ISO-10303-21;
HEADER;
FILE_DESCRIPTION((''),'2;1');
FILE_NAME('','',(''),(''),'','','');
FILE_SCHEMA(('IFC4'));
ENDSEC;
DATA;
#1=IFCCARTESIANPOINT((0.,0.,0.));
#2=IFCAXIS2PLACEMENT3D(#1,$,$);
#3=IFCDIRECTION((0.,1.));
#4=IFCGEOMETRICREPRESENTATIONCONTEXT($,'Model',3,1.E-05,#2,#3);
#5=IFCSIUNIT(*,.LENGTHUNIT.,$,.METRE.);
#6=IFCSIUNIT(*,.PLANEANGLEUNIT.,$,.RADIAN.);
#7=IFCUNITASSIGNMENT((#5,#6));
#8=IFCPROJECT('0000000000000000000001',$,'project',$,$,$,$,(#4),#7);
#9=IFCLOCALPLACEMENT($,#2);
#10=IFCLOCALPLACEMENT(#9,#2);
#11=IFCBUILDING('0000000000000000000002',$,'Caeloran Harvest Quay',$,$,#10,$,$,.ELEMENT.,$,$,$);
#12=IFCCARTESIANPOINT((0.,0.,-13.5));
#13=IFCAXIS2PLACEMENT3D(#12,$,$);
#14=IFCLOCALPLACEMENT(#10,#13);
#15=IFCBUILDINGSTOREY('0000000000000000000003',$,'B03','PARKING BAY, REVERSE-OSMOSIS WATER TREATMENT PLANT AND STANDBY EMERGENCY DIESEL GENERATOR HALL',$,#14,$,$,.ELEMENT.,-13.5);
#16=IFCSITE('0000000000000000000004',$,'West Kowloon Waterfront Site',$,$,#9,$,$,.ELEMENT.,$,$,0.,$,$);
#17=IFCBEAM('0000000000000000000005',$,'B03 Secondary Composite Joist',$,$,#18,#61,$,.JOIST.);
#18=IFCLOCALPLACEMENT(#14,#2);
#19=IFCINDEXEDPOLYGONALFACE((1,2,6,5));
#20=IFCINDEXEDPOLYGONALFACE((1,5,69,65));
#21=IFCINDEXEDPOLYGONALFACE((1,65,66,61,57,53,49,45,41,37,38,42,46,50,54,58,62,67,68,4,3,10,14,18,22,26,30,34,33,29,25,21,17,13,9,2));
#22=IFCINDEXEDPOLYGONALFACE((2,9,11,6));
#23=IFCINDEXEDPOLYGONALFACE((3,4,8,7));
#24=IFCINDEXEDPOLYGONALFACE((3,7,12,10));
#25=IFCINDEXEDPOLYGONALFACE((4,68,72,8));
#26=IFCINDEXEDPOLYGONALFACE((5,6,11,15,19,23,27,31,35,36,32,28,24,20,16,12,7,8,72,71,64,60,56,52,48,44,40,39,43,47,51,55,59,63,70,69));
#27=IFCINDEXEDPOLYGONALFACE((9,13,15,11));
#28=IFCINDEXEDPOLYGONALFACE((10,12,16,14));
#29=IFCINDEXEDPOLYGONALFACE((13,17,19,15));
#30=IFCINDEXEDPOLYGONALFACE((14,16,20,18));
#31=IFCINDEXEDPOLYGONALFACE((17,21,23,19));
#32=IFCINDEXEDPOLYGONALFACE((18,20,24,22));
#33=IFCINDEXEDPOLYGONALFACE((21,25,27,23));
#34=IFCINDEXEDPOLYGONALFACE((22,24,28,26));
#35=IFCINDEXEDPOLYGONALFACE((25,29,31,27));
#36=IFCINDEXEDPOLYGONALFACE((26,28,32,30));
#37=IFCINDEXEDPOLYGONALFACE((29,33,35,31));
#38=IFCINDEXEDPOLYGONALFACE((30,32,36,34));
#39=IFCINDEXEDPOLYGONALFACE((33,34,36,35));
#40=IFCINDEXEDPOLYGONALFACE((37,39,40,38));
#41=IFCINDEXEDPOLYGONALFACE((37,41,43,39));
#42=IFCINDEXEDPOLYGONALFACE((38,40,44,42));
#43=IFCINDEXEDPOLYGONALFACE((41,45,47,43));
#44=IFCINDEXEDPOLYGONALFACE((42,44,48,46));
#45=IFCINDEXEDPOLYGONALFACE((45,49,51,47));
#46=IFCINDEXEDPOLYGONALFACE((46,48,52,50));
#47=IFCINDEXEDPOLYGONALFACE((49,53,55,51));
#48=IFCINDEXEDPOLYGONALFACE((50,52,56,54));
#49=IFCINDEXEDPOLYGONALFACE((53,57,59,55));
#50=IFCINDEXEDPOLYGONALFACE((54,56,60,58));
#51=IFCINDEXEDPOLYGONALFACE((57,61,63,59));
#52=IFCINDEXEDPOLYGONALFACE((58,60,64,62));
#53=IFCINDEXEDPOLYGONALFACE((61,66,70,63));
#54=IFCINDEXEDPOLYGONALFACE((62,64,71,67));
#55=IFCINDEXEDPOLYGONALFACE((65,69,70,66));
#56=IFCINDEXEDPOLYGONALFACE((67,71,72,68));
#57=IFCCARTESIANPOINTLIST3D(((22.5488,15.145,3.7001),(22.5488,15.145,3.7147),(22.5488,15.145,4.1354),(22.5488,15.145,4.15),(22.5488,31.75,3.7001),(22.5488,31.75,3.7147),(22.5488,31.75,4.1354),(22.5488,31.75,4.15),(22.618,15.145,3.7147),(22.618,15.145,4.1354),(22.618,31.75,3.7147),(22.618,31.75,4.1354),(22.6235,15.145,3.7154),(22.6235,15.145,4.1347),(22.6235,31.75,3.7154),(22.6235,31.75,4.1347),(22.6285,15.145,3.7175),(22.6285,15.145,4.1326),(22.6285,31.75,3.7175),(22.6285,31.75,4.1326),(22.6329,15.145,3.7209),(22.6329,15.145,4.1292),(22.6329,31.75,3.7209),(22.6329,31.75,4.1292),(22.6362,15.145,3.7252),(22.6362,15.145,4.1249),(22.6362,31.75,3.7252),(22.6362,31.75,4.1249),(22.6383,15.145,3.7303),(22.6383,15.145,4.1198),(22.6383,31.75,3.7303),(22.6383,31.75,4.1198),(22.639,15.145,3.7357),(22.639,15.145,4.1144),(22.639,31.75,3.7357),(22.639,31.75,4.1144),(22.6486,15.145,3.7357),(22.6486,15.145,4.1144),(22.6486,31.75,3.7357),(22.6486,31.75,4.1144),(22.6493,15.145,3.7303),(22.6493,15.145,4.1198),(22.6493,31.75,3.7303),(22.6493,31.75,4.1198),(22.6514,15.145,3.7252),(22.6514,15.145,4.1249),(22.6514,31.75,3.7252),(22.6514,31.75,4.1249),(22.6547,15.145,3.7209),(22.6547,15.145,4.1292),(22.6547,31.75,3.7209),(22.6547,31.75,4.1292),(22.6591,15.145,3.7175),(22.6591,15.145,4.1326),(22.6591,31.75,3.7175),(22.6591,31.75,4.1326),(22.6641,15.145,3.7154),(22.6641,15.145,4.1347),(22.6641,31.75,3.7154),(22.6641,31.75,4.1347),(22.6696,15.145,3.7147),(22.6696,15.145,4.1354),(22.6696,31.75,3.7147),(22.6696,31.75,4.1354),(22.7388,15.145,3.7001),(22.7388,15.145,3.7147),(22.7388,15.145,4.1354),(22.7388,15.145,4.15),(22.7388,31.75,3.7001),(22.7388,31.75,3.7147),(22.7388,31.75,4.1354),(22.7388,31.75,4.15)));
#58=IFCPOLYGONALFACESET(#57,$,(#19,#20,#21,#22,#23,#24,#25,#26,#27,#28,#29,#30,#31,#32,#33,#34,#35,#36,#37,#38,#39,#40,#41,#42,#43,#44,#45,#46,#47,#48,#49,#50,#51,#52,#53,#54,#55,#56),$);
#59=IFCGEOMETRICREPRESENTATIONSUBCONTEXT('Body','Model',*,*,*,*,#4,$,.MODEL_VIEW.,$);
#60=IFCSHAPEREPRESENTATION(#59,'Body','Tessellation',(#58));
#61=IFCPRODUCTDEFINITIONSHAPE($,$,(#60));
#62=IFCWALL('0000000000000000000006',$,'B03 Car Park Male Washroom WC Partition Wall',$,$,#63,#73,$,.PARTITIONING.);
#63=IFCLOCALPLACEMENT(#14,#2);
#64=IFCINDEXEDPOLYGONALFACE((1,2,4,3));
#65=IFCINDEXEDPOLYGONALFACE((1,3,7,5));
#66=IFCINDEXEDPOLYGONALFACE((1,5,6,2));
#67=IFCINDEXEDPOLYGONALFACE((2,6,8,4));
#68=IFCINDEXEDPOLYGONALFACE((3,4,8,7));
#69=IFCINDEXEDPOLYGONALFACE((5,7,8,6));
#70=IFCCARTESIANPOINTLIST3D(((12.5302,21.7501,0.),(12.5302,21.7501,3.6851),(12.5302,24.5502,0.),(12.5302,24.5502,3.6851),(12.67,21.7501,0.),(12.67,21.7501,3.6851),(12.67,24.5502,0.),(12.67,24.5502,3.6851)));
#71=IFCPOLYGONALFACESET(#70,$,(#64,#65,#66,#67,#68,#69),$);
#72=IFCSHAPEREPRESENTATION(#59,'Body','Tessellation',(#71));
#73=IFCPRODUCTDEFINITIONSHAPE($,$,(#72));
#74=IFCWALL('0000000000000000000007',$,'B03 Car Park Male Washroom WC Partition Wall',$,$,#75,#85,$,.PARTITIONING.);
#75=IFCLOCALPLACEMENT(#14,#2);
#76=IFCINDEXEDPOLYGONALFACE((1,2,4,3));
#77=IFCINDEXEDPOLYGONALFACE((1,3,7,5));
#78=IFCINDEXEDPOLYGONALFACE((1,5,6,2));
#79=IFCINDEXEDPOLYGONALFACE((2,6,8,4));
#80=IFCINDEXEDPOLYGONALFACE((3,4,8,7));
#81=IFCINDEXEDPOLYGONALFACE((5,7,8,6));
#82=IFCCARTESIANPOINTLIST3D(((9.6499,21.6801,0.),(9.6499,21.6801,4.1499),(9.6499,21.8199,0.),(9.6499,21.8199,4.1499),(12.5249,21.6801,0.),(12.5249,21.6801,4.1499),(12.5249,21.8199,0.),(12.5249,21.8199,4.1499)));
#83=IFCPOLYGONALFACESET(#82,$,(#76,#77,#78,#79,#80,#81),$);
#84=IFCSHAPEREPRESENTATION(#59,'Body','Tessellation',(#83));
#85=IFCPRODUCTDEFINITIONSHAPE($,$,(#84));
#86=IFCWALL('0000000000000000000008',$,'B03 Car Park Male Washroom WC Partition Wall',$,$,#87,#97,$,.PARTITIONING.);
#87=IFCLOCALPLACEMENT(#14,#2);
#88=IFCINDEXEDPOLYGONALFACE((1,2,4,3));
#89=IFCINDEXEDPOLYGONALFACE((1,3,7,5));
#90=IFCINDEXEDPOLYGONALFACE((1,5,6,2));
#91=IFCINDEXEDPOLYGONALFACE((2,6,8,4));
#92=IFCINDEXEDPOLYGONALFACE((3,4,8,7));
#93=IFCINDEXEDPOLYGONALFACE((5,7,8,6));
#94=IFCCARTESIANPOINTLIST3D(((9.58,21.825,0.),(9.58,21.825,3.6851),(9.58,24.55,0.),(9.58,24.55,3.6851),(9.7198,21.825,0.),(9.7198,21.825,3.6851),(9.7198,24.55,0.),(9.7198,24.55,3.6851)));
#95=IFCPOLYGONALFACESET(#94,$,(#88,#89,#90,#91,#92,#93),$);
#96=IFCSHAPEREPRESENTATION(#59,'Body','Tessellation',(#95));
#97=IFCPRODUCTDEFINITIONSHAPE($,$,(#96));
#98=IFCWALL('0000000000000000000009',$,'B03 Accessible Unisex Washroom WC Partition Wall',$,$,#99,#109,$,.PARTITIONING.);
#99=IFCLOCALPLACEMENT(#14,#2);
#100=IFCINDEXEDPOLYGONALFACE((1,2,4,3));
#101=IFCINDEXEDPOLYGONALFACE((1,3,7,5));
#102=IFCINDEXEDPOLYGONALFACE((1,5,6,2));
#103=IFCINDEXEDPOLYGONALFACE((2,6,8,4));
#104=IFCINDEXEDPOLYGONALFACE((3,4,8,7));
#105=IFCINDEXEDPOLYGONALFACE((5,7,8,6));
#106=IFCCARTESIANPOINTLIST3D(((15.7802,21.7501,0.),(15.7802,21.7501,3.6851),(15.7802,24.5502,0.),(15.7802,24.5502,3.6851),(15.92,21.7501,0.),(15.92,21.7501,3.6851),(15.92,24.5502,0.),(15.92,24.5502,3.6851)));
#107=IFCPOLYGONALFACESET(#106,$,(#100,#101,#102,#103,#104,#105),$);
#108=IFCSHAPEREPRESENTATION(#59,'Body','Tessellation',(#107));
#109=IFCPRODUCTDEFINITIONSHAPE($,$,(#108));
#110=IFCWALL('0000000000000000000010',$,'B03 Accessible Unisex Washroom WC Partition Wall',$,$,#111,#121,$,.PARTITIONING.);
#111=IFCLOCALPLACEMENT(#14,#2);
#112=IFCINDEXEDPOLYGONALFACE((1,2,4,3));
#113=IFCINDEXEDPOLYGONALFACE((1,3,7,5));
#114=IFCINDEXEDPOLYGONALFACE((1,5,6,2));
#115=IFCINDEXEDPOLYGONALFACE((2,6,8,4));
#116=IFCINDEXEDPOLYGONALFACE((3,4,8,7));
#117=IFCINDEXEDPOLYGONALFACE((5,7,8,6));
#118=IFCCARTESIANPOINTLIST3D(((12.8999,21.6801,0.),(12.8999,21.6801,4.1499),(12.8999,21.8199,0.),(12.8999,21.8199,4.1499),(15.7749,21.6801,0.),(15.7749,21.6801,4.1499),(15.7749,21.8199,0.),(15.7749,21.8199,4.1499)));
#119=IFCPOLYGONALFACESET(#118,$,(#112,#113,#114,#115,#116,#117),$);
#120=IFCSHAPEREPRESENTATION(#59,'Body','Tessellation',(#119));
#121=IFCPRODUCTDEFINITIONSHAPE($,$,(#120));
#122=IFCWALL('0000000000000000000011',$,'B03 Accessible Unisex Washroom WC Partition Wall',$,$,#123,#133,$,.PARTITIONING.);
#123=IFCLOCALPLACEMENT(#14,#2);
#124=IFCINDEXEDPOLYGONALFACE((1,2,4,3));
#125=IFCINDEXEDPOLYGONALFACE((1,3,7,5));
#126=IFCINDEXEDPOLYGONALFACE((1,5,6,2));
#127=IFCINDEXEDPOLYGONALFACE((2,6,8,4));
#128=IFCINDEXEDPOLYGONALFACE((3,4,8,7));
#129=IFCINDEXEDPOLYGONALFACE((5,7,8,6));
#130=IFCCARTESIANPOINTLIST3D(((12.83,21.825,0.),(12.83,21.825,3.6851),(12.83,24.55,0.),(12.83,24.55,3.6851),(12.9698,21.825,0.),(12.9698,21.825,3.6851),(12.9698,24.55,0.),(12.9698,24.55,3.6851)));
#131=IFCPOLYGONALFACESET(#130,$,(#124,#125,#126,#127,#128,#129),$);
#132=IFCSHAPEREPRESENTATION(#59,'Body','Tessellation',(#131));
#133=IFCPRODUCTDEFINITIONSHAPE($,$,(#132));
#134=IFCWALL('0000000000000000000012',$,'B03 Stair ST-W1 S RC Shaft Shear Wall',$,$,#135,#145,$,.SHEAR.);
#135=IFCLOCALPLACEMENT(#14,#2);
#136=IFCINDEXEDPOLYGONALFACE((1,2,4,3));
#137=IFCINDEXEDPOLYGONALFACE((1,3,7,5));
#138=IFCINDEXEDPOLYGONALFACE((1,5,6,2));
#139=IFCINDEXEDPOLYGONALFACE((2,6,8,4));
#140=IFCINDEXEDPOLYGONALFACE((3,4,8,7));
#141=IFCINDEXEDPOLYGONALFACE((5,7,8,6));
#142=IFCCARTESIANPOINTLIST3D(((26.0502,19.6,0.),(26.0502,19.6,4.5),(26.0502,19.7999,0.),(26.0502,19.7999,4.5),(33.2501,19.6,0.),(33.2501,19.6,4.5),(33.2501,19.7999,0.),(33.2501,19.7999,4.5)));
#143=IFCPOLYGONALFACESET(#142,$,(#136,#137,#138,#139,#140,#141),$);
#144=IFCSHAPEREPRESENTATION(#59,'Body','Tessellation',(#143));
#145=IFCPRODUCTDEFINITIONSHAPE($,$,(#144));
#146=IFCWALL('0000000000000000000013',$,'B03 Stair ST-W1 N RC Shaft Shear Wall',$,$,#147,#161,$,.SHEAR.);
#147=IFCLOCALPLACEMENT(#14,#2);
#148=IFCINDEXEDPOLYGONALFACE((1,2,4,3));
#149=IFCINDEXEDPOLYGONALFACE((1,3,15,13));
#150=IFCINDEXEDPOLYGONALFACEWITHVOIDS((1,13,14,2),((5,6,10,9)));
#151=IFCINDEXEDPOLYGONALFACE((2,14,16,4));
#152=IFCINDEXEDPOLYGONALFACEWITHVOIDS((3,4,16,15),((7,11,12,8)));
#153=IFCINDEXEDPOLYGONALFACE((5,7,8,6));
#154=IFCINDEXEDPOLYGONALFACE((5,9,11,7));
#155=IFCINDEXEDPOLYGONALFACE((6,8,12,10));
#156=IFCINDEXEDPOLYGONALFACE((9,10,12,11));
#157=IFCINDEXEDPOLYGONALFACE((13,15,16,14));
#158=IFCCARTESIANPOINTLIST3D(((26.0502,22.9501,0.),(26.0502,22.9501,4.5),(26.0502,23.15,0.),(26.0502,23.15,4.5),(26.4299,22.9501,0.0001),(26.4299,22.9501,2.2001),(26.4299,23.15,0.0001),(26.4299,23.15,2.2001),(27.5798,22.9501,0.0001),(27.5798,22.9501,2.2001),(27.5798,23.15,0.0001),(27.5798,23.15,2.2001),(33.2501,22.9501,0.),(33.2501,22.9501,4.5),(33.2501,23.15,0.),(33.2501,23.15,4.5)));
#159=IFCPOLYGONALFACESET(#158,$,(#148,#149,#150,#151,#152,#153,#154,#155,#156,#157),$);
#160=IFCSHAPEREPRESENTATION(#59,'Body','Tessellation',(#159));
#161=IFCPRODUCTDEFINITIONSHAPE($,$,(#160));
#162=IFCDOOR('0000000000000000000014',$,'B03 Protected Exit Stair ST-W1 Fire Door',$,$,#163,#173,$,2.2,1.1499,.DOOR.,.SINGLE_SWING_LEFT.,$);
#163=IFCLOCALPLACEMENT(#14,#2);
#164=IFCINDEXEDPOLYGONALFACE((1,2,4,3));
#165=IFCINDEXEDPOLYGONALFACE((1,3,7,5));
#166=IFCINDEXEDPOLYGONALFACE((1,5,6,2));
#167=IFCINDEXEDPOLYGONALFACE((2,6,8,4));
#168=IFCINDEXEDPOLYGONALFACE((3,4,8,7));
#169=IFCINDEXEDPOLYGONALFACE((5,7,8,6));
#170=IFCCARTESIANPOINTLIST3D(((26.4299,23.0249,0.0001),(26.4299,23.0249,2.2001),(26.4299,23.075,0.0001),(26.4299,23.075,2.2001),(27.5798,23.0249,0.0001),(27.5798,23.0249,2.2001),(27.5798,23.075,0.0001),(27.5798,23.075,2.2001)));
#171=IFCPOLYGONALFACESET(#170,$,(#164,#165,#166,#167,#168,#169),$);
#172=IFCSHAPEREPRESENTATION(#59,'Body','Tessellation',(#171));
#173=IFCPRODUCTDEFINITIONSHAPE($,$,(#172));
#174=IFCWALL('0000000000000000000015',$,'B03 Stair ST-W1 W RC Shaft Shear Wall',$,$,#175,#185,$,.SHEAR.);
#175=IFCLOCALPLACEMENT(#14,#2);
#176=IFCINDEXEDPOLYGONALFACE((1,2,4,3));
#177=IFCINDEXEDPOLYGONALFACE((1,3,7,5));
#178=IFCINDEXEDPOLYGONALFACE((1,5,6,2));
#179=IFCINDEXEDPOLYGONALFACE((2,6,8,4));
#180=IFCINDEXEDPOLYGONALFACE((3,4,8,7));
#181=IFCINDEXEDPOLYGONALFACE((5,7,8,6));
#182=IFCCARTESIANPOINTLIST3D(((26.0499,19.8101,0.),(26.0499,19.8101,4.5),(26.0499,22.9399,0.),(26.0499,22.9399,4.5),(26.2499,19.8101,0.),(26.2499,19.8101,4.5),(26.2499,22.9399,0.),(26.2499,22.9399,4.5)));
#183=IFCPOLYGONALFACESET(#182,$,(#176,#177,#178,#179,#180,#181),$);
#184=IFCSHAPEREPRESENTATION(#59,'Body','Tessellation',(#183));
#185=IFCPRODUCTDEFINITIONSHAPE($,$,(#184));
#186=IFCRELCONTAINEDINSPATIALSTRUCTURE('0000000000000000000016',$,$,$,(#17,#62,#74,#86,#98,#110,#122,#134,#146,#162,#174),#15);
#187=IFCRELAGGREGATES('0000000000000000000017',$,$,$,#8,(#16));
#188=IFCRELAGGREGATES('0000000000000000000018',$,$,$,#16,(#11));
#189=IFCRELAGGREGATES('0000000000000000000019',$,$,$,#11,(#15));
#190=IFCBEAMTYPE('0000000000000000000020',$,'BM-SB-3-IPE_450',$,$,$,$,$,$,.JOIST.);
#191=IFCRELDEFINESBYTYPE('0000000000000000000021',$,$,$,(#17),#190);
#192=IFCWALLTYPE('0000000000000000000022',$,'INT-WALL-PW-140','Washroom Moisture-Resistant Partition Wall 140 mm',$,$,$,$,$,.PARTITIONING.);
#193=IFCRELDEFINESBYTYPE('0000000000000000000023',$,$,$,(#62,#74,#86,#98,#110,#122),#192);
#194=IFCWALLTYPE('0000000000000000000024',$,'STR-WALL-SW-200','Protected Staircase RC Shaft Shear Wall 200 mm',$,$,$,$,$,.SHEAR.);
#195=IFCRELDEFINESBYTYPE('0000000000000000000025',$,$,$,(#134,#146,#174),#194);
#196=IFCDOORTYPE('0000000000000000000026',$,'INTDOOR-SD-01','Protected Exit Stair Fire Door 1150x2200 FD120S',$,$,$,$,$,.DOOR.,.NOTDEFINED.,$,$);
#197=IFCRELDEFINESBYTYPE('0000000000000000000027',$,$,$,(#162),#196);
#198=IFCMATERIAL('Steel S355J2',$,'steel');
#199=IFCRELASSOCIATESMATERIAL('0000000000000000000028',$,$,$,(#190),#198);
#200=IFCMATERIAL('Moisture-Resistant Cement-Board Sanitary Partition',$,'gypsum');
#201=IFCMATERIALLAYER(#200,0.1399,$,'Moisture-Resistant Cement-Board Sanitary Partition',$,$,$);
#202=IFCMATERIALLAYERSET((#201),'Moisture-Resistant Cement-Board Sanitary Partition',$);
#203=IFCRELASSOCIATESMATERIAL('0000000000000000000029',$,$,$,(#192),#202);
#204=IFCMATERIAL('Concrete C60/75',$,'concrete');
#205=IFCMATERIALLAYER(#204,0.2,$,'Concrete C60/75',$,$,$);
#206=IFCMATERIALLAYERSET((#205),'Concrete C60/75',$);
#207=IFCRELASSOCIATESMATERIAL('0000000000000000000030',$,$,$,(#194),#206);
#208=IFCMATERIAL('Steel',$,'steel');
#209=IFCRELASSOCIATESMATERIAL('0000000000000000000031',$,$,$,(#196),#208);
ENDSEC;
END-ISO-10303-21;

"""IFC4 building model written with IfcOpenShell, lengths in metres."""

from ifc_helpers import new_model, si_unit, direction, frame, frame_2d, origin, origin_2d, place, context, subcontext, project, spatial, rectangle, i_section, extrude, material, layer, layer_set, material_profile, profile_set, type_object, element, fill, save


model = new_model("IFC4")

# Units and contexts
model_context = context("Model", 3, precision=1e-05, world=origin(), true_north=direction((0.0, 1.0)))
body_context = subcontext(model_context, "Body", "Model", "MODEL_VIEW")
ifc_project = project(units=[si_unit("LENGTHUNIT", "METRE"), si_unit("PLANEANGLEUNIT", "RADIAN")], contexts=[model_context])

# Site, building, storey
site_placement = place(None, origin())
site = spatial("IfcSite", under=ifc_project, at=site_placement, Name="West Kowloon Waterfront Site", CompositionType="ELEMENT", RefElevation=0.0)
building_placement = place(site_placement, origin())
building = spatial("IfcBuilding", under=site, at=building_placement, Name="Caeloran Harvest Quay", CompositionType="ELEMENT")
storey_placement = place(building_placement, frame((0.0, 0.0, -13.5)))
storey = spatial("IfcBuildingStorey", under=building, at=storey_placement, Name="B03", Description="PARKING BAY, REVERSE-OSMOSIS WATER TREATMENT PLANT AND STANDBY EMERGENCY DIESEL GENERATOR HALL", CompositionType="ELEMENT", Elevation=-13.5)

# Beam
ifc_material_1 = material(Name="Steel S355J2", Category="steel")
ifc_material_profile_1 = material_profile(ifc_material_1, i_section(OverallWidth=0.1899, OverallDepth=0.45, WebThickness=0.0095, FlangeThickness=0.0146, FilletRadius=0.021, at=origin_2d()), Name="IPE 450")
ifc_profile_set_1 = profile_set([ifc_material_profile_1], Name="Steel S355J2")
beam_type_1 = type_object("IfcBeamType", Name="BM-SB-3-IPE_450", PredefinedType="JOIST", material=ifc_profile_set_1)
for number, where, z_axis, x_axis, name in (
    (1, (22.6438, 15.145, 3.925), (0.0, 1.0, 0.0), (-1.0, 0.0, 0.0), "B03 Secondary Composite Joist"),
):
    element("IfcBeam", number, at=place(storey_placement, frame(where, z_axis=z_axis, x_axis=x_axis)), inside=storey, type_object=beam_type_1, Name=name, PredefinedType="JOIST", context=body_context, shape_type="SweptSolid", body=[
        extrude(i_section(OverallWidth=0.1899, OverallDepth=0.45, WebThickness=0.0095, FlangeThickness=0.0146, FilletRadius=0.021, at=origin_2d()), origin(), (0.0, 0.0, 1.0), 16.605),
    ])

# Walls
ifc_material_2 = material(Name="Moisture-Resistant Cement-Board Sanitary Partition", Category="gypsum")
ifc_layer_1 = layer(ifc_material_2, 0.1399, Name="Moisture-Resistant Cement-Board Sanitary Partition")
ifc_layer_set_1 = layer_set([ifc_layer_1], Name="Moisture-Resistant Cement-Board Sanitary Partition")
wall_type_1 = type_object("IfcWallType", Name="INT-WALL-PW-140", Description="Washroom Moisture-Resistant Partition Wall 140 mm", PredefinedType="PARTITIONING", material=ifc_layer_set_1)
wall_1_placement = place(storey_placement, frame((12.6001, 24.55, 0.0), z_axis=(0.0, 0.0, 1.0), x_axis=(0.0, -1.0, 0.0)))
element("IfcWall", 2, at=wall_1_placement, inside=storey, type_object=wall_type_1, Name="B03 Car Park Male Washroom WC Partition Wall", PredefinedType="PARTITIONING", context=body_context, shape_type="SweptSolid", body=[
    extrude(rectangle(XDim=2.8, YDim=0.1399, at=frame_2d((1.3999, 0.0))), origin(), (0.0, 0.0, 1.0), 3.6851),
])
wall_2_placement = place(storey_placement, frame((12.5249, 21.75, 0.0), z_axis=(0.0, 0.0, 1.0), x_axis=(-1.0, 0.0, 0.0)))
element("IfcWall", 3, at=wall_2_placement, inside=storey, type_object=wall_type_1, Name="B03 Car Park Male Washroom WC Partition Wall", PredefinedType="PARTITIONING", context=body_context, shape_type="SweptSolid", body=[
    extrude(rectangle(XDim=2.875, YDim=0.1399, at=frame_2d((1.4375, 0.0))), origin(), (0.0, 0.0, 1.0), 4.1499),
])
wall_3_placement = place(storey_placement, frame((9.6499, 21.825, 0.0), z_axis=(0.0, 0.0, 1.0), x_axis=(0.0, 1.0, 0.0)))
element("IfcWall", 4, at=wall_3_placement, inside=storey, type_object=wall_type_1, Name="B03 Car Park Male Washroom WC Partition Wall", PredefinedType="PARTITIONING", context=body_context, shape_type="SweptSolid", body=[
    extrude(rectangle(XDim=2.7251, YDim=0.1399, at=frame_2d((1.3625, 0.0))), origin(), (0.0, 0.0, 1.0), 3.6851),
])

# Walls
wall_4_placement = place(storey_placement, frame((15.8501, 24.55, 0.0), z_axis=(0.0, 0.0, 1.0), x_axis=(0.0, -1.0, 0.0)))
element("IfcWall", 5, at=wall_4_placement, inside=storey, type_object=wall_type_1, Name="B03 Accessible Unisex Washroom WC Partition Wall", PredefinedType="PARTITIONING", context=body_context, shape_type="SweptSolid", body=[
    extrude(rectangle(XDim=2.8, YDim=0.1399, at=frame_2d((1.3999, 0.0))), origin(), (0.0, 0.0, 1.0), 3.6851),
])
wall_5_placement = place(storey_placement, frame((15.7749, 21.75, 0.0), z_axis=(0.0, 0.0, 1.0), x_axis=(-1.0, 0.0, 0.0)))
element("IfcWall", 6, at=wall_5_placement, inside=storey, type_object=wall_type_1, Name="B03 Accessible Unisex Washroom WC Partition Wall", PredefinedType="PARTITIONING", context=body_context, shape_type="SweptSolid", body=[
    extrude(rectangle(XDim=2.875, YDim=0.1399, at=frame_2d((1.4375, 0.0))), origin(), (0.0, 0.0, 1.0), 4.1499),
])
wall_6_placement = place(storey_placement, frame((12.8999, 21.825, 0.0), z_axis=(0.0, 0.0, 1.0), x_axis=(0.0, 1.0, 0.0)))
element("IfcWall", 7, at=wall_6_placement, inside=storey, type_object=wall_type_1, Name="B03 Accessible Unisex Washroom WC Partition Wall", PredefinedType="PARTITIONING", context=body_context, shape_type="SweptSolid", body=[
    extrude(rectangle(XDim=2.7251, YDim=0.1399, at=frame_2d((1.3625, 0.0))), origin(), (0.0, 0.0, 1.0), 3.6851),
])

# Wall
ifc_material_3 = material(Name="Concrete C60/75", Category="concrete")
ifc_layer_2 = layer(ifc_material_3, 0.2, Name="Concrete C60/75")
ifc_layer_set_2 = layer_set([ifc_layer_2], Name="Concrete C60/75")
wall_type_2 = type_object("IfcWallType", Name="STR-WALL-SW-200", Description="Protected Staircase RC Shaft Shear Wall 200 mm", PredefinedType="SHEAR", material=ifc_layer_set_2)
wall_7_placement = place(storey_placement, frame((26.05, 19.7, 0.0), z_axis=(0.0, 0.0, 1.0), x_axis=(1.0, 0.0, 0.0)))
element("IfcWall", 8, at=wall_7_placement, inside=storey, type_object=wall_type_2, Name="B03 Stair ST-W1 S RC Shaft Shear Wall", PredefinedType="SHEAR", context=body_context, shape_type="SweptSolid", body=[
    extrude(rectangle(XDim=7.2, YDim=0.2, at=frame_2d((3.6001, 0.0))), origin(), (0.0, 0.0, 1.0), 4.5),
])

# Wall, opening, door
wall_8_placement = place(storey_placement, frame((26.05, 23.05, 0.0), z_axis=(0.0, 0.0, 1.0), x_axis=(1.0, 0.0, 0.0)))
wall_8 = element("IfcWall", 9, at=wall_8_placement, inside=storey, type_object=wall_type_2, Name="B03 Stair ST-W1 N RC Shaft Shear Wall", PredefinedType="SHEAR", context=body_context, shape_type="SweptSolid", body=[
    extrude(rectangle(XDim=7.2, YDim=0.2, at=frame_2d((3.6001, 0.0))), origin(), (0.0, 0.0, 1.0), 4.5),
])
opening_1_placement = place(wall_8_placement, frame((0.3799, 0.0, 0.0)))
opening_1 = element("IfcOpeningElement", 10, at=opening_1_placement, cuts=wall_8, PredefinedType="OPENING", context=body_context, shape_type="SweptSolid", body=[
    extrude(rectangle(XDim=1.1499, YDim=2.2, at=frame_2d((0.575, 1.1001))), frame((0.0, 0.1099, 0.0), z_axis=(0.0, -1.0, 0.0), x_axis=(1.0, 0.0, 0.0)), (0.0, 0.0, 1.0), 0.22),
])
ifc_material_4 = material(Name="Steel", Category="steel")
door_type_1 = type_object("IfcDoorType", Name="INTDOOR-SD-01", Description="Protected Exit Stair Fire Door 1150x2200 FD120S", OperationType="NOTDEFINED", PredefinedType="DOOR", material=ifc_material_4)
door_1_placement = place(opening_1_placement, origin())
door_1 = element("IfcDoor", 11, at=door_1_placement, inside=storey, type_object=door_type_1, Name="B03 Protected Exit Stair ST-W1 Fire Door", OperationType="SINGLE_SWING_LEFT", OverallHeight=2.2, OverallWidth=1.1499, PredefinedType="DOOR", context=body_context, shape_type="SweptSolid", body=[
    extrude(rectangle(XDim=1.1499, YDim=2.2, at=frame_2d((0.575, 1.1001))), frame((0.0, 0.0249, 0.0), z_axis=(0.0, -1.0, 0.0), x_axis=(1.0, 0.0, 0.0)), (0.0, 0.0, 1.0), 0.05),
])
fill(opening_1, door_1)

# Wall
wall_9_placement = place(storey_placement, frame((26.1499, 19.8101, 0.0), z_axis=(0.0, 0.0, 1.0), x_axis=(0.0, 1.0, 0.0)))
element("IfcWall", 12, at=wall_9_placement, inside=storey, type_object=wall_type_2, Name="B03 Stair ST-W1 W RC Shaft Shear Wall", PredefinedType="SHEAR", context=body_context, shape_type="SweptSolid", body=[
    extrude(rectangle(XDim=3.1299, YDim=0.2, at=frame_2d((1.5649, 0.0))), origin(), (0.0, 0.0, 1.0), 4.5),
])

save(model, "model.ifc")
